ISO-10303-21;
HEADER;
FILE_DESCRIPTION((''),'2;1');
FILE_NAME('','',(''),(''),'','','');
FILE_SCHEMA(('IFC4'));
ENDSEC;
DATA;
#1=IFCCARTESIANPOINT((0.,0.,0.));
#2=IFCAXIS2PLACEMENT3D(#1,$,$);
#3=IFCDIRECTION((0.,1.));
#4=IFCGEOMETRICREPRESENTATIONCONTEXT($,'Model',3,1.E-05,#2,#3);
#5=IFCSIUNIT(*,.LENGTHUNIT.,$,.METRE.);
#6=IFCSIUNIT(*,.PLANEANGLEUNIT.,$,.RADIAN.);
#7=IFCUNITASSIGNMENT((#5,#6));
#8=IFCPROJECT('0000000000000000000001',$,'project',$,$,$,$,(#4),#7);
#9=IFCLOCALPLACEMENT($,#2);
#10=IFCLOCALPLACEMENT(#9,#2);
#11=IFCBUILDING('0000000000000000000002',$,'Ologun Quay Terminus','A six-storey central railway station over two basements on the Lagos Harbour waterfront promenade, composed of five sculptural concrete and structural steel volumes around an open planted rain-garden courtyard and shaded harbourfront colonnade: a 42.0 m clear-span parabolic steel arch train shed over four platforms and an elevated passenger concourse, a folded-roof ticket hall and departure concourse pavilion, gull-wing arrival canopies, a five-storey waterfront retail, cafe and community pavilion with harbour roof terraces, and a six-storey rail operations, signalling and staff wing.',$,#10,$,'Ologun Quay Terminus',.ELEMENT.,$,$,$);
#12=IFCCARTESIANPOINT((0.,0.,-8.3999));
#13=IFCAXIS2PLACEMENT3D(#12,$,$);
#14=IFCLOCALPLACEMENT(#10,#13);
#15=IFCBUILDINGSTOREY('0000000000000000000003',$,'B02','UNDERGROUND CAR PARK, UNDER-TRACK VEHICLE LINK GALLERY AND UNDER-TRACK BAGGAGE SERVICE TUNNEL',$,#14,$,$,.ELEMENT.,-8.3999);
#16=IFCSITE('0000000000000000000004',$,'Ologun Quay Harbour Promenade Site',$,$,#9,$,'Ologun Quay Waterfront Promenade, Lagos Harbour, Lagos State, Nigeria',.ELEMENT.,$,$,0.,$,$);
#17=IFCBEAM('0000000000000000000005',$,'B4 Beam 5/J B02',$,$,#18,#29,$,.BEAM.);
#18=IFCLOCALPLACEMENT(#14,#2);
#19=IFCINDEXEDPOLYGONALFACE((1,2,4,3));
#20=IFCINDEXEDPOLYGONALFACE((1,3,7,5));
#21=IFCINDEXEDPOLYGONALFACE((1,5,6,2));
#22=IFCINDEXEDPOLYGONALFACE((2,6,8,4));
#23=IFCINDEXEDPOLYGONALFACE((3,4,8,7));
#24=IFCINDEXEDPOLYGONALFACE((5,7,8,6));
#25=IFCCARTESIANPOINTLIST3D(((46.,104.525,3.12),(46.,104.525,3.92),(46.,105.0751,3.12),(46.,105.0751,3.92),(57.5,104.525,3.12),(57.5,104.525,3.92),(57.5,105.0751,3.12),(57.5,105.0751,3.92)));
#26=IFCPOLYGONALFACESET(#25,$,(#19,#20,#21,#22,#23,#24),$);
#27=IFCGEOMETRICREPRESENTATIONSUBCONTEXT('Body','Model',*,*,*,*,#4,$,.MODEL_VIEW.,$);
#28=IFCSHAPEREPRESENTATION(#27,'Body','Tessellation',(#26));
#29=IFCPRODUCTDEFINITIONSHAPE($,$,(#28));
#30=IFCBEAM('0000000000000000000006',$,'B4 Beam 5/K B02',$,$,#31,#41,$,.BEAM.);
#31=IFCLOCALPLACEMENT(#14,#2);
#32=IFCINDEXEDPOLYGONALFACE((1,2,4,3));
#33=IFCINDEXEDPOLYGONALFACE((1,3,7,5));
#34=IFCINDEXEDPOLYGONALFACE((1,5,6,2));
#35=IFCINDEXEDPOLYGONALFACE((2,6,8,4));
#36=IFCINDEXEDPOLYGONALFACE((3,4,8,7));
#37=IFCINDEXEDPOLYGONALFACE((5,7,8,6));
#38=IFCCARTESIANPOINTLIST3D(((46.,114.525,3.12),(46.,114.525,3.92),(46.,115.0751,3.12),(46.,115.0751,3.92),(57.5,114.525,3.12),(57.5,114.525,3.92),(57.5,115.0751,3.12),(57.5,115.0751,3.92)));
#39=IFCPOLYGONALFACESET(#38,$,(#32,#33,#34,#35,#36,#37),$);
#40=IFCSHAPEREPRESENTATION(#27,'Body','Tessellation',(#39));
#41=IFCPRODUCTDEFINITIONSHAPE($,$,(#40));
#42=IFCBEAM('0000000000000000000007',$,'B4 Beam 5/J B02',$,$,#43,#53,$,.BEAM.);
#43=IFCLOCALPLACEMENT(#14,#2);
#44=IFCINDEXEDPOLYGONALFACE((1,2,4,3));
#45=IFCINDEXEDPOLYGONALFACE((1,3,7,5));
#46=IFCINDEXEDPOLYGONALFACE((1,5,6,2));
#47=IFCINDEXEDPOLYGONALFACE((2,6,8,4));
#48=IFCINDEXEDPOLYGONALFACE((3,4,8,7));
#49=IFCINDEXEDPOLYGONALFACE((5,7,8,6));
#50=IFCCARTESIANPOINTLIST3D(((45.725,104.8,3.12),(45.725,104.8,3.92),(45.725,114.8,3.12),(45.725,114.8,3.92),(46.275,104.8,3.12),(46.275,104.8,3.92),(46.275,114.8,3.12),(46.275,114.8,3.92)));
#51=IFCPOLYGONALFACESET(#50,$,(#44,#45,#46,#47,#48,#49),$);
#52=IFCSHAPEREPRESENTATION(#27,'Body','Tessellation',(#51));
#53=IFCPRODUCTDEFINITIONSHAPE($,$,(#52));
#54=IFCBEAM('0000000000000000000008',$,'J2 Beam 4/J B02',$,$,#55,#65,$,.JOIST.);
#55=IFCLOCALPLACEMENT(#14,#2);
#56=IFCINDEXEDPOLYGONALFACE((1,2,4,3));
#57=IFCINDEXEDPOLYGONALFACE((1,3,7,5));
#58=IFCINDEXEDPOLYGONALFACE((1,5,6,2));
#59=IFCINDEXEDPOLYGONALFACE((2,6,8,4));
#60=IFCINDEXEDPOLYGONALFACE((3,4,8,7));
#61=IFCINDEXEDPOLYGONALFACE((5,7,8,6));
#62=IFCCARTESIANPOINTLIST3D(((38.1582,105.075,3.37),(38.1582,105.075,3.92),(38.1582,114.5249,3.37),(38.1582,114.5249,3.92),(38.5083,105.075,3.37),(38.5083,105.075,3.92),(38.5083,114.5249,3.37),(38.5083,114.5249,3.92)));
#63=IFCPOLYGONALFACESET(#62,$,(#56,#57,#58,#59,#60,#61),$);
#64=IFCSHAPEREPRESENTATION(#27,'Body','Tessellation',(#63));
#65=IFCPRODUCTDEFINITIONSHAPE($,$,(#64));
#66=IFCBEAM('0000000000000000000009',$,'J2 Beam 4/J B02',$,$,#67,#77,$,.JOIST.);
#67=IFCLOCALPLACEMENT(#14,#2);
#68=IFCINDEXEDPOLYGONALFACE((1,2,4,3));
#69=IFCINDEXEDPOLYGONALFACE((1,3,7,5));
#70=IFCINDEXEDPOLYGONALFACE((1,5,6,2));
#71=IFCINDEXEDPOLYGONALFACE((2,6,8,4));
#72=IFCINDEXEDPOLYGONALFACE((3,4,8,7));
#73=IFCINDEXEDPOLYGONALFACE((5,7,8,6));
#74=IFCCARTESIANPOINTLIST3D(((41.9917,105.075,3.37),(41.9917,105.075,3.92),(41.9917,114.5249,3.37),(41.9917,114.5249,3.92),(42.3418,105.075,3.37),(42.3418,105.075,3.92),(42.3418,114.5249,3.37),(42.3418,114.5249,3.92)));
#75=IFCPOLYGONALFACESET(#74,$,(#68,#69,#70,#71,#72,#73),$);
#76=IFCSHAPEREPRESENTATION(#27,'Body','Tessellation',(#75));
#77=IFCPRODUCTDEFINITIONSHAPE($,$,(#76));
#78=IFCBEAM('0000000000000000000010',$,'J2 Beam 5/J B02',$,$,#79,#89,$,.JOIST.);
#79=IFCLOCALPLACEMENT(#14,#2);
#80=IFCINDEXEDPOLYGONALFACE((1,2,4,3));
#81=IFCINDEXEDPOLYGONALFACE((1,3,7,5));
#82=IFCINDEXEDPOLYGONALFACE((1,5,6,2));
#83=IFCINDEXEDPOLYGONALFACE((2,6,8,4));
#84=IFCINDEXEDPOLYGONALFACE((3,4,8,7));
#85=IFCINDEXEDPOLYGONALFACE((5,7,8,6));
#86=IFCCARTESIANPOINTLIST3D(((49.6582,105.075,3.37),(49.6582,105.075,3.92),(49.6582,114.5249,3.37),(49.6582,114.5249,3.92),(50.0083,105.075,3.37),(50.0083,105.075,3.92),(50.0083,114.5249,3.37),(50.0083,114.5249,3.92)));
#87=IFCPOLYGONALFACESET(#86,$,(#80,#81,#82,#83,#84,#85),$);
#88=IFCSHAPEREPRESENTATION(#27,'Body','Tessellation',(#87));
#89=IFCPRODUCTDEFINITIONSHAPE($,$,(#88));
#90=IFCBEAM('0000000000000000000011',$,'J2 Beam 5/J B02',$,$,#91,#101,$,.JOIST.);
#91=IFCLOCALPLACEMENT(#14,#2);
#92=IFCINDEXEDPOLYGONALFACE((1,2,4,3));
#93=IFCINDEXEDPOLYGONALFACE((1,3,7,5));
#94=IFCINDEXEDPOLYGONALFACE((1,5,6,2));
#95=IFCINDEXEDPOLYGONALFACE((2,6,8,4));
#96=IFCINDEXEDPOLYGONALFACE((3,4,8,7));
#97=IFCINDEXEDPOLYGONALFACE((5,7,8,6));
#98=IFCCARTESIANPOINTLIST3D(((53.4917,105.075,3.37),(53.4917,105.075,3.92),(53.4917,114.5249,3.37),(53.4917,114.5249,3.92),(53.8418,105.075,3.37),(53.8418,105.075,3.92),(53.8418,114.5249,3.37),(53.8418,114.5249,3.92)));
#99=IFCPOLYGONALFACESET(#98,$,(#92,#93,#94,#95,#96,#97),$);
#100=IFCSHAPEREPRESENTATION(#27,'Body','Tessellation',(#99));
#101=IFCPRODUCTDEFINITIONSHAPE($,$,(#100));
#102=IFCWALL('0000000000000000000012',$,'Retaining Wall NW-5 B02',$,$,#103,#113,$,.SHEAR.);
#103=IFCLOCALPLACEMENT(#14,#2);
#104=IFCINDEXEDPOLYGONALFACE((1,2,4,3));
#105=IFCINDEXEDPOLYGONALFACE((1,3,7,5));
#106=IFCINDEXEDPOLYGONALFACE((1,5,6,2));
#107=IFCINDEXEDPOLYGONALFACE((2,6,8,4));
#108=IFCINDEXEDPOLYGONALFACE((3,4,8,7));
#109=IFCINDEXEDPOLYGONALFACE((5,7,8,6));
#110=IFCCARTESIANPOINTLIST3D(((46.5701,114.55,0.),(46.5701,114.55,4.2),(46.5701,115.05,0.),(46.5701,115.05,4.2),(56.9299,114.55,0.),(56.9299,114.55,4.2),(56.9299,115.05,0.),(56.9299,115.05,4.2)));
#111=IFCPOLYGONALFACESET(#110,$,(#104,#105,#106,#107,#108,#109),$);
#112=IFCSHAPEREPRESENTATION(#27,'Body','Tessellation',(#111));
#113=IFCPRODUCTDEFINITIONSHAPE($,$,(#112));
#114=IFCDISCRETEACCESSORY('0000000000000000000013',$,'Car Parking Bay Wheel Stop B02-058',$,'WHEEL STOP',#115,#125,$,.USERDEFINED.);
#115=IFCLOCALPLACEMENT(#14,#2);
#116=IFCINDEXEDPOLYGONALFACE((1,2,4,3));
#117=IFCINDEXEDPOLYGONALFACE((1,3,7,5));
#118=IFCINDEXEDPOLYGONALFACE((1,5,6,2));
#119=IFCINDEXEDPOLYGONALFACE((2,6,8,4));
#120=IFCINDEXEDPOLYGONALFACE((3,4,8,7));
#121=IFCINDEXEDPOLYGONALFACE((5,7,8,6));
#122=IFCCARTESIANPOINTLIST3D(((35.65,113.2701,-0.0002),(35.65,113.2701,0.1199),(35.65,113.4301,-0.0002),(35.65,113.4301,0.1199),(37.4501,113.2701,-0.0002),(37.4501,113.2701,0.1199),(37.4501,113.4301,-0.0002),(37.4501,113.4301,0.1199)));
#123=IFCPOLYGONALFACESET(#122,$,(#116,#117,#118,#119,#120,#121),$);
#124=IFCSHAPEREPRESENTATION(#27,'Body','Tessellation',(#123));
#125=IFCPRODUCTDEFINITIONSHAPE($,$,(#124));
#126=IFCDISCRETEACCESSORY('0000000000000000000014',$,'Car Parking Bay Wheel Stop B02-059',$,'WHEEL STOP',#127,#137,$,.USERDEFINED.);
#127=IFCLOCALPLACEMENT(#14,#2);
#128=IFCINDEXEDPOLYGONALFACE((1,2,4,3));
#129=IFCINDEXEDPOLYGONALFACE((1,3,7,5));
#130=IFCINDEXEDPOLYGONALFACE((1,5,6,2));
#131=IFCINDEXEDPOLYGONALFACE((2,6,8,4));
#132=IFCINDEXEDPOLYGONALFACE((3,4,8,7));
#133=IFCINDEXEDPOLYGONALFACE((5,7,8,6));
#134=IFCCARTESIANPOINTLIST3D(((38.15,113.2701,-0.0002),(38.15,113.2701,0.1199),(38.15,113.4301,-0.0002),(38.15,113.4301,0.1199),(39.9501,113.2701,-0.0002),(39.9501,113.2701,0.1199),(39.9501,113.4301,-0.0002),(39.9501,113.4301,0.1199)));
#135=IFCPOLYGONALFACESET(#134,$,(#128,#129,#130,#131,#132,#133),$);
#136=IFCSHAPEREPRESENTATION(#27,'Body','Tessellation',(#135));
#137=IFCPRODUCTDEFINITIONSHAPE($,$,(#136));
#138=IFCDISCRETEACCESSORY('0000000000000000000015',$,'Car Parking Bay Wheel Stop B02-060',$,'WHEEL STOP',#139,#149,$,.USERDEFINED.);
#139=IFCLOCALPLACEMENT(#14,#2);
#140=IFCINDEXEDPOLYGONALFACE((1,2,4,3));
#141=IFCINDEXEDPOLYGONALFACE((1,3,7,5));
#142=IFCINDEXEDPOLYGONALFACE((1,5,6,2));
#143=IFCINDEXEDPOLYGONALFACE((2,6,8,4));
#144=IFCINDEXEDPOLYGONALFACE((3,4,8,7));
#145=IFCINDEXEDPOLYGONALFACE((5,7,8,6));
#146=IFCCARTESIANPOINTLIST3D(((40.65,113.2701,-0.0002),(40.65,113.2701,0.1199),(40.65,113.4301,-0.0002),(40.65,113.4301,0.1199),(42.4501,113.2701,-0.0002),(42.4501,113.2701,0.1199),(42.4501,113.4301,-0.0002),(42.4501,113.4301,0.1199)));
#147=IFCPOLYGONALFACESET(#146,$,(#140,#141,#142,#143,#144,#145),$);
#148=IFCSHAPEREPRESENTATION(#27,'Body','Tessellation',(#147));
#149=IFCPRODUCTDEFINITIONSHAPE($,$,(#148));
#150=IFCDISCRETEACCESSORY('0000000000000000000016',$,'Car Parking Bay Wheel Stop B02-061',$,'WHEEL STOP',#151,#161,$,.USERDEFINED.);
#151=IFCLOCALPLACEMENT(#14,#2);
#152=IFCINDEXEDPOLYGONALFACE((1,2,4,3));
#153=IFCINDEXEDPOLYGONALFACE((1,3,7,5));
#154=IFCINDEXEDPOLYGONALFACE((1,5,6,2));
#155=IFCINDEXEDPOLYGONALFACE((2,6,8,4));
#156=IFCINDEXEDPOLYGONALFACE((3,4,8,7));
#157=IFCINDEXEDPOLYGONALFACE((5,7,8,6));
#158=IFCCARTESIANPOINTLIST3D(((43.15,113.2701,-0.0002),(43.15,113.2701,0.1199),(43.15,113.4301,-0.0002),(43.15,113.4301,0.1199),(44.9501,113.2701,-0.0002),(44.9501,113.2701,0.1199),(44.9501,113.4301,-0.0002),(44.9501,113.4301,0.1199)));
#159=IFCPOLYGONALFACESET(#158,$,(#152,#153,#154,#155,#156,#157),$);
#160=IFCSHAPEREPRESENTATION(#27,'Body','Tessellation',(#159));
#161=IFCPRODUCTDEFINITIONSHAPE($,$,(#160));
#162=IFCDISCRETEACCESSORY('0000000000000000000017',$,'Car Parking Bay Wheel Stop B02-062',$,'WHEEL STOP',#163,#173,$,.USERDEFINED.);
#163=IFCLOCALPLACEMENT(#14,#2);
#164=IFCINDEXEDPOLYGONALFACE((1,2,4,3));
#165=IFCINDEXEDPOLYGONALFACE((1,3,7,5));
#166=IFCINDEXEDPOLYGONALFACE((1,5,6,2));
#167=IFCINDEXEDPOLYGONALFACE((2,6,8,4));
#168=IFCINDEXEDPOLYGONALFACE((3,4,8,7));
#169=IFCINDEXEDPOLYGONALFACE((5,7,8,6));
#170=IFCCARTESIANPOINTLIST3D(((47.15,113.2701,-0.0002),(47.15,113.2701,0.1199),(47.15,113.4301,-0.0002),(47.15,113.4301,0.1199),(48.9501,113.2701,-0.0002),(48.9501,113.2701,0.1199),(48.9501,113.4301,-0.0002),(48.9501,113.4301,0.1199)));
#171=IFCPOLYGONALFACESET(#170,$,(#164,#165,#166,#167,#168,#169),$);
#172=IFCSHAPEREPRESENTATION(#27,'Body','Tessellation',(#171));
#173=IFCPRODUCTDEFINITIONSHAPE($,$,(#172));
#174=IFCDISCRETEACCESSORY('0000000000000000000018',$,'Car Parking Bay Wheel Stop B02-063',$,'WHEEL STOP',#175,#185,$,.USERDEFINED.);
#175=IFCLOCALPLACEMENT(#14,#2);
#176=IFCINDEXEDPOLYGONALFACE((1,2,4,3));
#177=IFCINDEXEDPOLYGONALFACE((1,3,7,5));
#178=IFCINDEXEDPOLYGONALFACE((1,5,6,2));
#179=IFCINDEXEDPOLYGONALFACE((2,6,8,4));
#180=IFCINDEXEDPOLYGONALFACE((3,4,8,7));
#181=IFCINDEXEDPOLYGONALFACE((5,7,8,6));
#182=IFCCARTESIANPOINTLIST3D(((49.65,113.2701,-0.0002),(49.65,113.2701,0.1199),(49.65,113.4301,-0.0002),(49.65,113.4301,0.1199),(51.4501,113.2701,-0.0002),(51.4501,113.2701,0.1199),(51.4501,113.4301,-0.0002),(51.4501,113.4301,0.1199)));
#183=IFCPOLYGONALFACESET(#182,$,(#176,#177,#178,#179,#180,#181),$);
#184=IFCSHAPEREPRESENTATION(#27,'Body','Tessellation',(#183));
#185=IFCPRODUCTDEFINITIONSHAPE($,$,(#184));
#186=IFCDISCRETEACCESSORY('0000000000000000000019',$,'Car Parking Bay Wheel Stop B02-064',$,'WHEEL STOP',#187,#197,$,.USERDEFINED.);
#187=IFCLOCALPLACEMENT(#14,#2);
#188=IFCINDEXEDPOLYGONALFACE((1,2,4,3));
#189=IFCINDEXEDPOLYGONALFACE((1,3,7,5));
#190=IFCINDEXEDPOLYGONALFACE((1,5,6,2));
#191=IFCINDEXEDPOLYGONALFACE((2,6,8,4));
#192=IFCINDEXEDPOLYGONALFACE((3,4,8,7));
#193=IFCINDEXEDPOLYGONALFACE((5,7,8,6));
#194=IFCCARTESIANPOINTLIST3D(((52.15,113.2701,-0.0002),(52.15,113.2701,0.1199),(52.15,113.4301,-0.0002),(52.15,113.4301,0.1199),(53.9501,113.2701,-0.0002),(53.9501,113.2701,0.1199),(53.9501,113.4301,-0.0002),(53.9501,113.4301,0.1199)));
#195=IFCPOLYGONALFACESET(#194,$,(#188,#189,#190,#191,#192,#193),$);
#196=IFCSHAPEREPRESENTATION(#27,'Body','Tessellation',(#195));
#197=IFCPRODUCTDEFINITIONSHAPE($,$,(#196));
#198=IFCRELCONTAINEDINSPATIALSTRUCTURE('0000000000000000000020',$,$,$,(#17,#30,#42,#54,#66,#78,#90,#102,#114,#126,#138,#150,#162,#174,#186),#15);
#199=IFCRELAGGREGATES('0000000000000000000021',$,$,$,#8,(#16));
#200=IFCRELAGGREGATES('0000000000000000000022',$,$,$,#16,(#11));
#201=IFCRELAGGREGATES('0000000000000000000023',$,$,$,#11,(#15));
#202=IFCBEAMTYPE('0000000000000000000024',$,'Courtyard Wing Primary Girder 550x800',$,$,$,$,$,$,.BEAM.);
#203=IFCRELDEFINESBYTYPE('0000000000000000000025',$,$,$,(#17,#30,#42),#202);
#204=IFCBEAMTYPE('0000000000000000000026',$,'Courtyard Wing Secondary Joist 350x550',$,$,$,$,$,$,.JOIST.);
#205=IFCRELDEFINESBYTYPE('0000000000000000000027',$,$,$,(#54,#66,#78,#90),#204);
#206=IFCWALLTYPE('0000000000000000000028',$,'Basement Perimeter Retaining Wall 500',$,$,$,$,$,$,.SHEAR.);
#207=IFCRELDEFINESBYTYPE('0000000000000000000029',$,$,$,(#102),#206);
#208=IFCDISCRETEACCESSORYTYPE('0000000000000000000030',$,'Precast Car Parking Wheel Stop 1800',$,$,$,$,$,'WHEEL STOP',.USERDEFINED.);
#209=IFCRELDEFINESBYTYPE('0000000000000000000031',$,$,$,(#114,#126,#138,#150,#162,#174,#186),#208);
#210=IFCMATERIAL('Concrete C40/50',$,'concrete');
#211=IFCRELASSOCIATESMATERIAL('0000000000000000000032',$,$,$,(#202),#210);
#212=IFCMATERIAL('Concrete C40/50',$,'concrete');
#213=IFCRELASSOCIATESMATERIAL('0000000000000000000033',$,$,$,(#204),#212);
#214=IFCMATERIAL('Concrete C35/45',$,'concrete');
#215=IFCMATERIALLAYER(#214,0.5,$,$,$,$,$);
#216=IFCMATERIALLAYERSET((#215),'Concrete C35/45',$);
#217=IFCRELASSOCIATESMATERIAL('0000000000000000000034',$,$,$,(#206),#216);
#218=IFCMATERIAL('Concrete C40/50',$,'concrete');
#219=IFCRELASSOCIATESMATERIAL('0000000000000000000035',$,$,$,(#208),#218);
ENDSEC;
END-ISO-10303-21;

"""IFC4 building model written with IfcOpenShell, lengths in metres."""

from ifc_helpers import new_model, si_unit, direction, frame, frame_2d, origin, origin_2d, place, context, subcontext, project, spatial, rectangle, extrude, material, layer, layer_set, material_profile, profile_set, type_object, element, save


model = new_model("IFC4")

# Units and contexts
model_context = context("Model", 3, precision=1e-05, world=origin(), true_north=direction((0.0, 1.0)))
body_context = subcontext(model_context, "Body", "Model", "MODEL_VIEW")
ifc_project = project(units=[si_unit("LENGTHUNIT", "METRE"), si_unit("PLANEANGLEUNIT", "RADIAN")], contexts=[model_context])

# Site, building, storey
site_placement = place(None, origin())
site = spatial("IfcSite", under=ifc_project, at=site_placement, Name="Ologun Quay Harbour Promenade Site", LongName="Ologun Quay Waterfront Promenade, Lagos Harbour, Lagos State, Nigeria", CompositionType="ELEMENT", RefElevation=0.0)
building_placement = place(site_placement, origin())
building = spatial("IfcBuilding", under=site, at=building_placement, Name="Ologun Quay Terminus", Description="A six-storey central railway station over two basements on the Lagos Harbour waterfront promenade, composed of five sculptural concrete and structural steel volumes around an open planted rain-garden courtyard and shaded harbourfront colonnade: a 42.0 m clear-span parabolic steel arch train shed over four platforms and an elevated passenger concourse, a folded-roof ticket hall and departure concourse pavilion, gull-wing arrival canopies, a five-storey waterfront retail, cafe and community pavilion with harbour roof terraces, and a six-storey rail operations, signalling and staff wing.", LongName="Ologun Quay Terminus", CompositionType="ELEMENT")
storey_placement = place(building_placement, frame((0.0, 0.0, -8.3999)))
storey = spatial("IfcBuildingStorey", under=building, at=storey_placement, Name="B02", Description="UNDERGROUND CAR PARK, UNDER-TRACK VEHICLE LINK GALLERY AND UNDER-TRACK BAGGAGE SERVICE TUNNEL", CompositionType="ELEMENT", Elevation=-8.3999)

# Beams
ifc_material_1 = material(Name="Concrete C40/50", Category="concrete")
ifc_material_profile_1 = material_profile(ifc_material_1, rectangle(XDim=0.55, YDim=0.8, at=origin_2d()), Name="RC 550x800")
ifc_profile_set_1 = profile_set([ifc_material_profile_1], Name="Concrete C40/50")
beam_type_1 = type_object("IfcBeamType", Name="Courtyard Wing Primary Girder 550x800", PredefinedType="BEAM", material=ifc_profile_set_1)
for number, where, z_axis, x_axis, name in (
    (1, (46.0, 104.8, 3.52), (1.0, 0.0, 0.0), (0.0, 1.0, 0.0), "B4 Beam 5/J B02"),
    (2, (46.0, 114.8, 3.52), (1.0, 0.0, 0.0), (0.0, 1.0, 0.0), "B4 Beam 5/K B02"),
):
    element("IfcBeam", number, at=place(storey_placement, frame(where, z_axis=z_axis, x_axis=x_axis)), inside=storey, type_object=beam_type_1, Name=name, PredefinedType="BEAM", context=body_context, shape_type="SweptSolid", body=[
        extrude(rectangle(XDim=0.55, YDim=0.8, at=origin_2d()), origin(), (0.0, 0.0, 1.0), 11.5),
    ])
beam_placement = place(storey_placement, frame((46.0, 104.8, 3.52), z_axis=(0.0, 1.0, 0.0), x_axis=(-1.0, 0.0, 0.0)))
element("IfcBeam", 3, at=beam_placement, inside=storey, type_object=beam_type_1, Name="B4 Beam 5/J B02", PredefinedType="BEAM", context=body_context, shape_type="SweptSolid", body=[
    extrude(rectangle(XDim=0.55, YDim=0.8, at=origin_2d()), origin(), (0.0, 0.0, 1.0), 10.0),
])
ifc_material_2 = material(Name="Concrete C40/50", Category="concrete")
ifc_material_profile_2 = material_profile(ifc_material_2, rectangle(XDim=0.3501, YDim=0.55, at=origin_2d()), Name="RC 350x550")
ifc_profile_set_2 = profile_set([ifc_material_profile_2], Name="Concrete C40/50")
beam_type_2 = type_object("IfcBeamType", Name="Courtyard Wing Secondary Joist 350x550", PredefinedType="JOIST", material=ifc_profile_set_2)
for number, where, z_axis, x_axis, name in (
    (4, (38.3333, 105.075, 3.645), (0.0, 1.0, 0.0), (-1.0, 0.0, 0.0), "J2 Beam 4/J B02"),
    (5, (42.1667, 105.075, 3.645), (0.0, 1.0, 0.0), (-1.0, 0.0, 0.0), "J2 Beam 4/J B02"),
    (6, (49.8333, 105.075, 3.645), (0.0, 1.0, 0.0), (-1.0, 0.0, 0.0), "J2 Beam 5/J B02"),
    (7, (53.6667, 105.075, 3.645), (0.0, 1.0, 0.0), (-1.0, 0.0, 0.0), "J2 Beam 5/J B02"),
):
    element("IfcBeam", number, at=place(storey_placement, frame(where, z_axis=z_axis, x_axis=x_axis)), inside=storey, type_object=beam_type_2, Name=name, PredefinedType="JOIST", context=body_context, shape_type="SweptSolid", body=[
        extrude(rectangle(XDim=0.3501, YDim=0.55, at=origin_2d()), origin(), (0.0, 0.0, 1.0), 9.45),
    ])

# Wall
ifc_material_3 = material(Name="Concrete C35/45", Category="concrete")
ifc_layer = layer(ifc_material_3, 0.5)
ifc_layer_set = layer_set([ifc_layer], Name="Concrete C35/45")
wall_type = type_object("IfcWallType", Name="Basement Perimeter Retaining Wall 500", PredefinedType="SHEAR", material=ifc_layer_set)
wall_placement = place(storey_placement, frame((46.5701, 114.8, 0.0), z_axis=(0.0, 0.0, 1.0), x_axis=(1.0, 0.0, 0.0)))
element("IfcWall", 8, at=wall_placement, inside=storey, type_object=wall_type, Name="Retaining Wall NW-5 B02", PredefinedType="SHEAR", context=body_context, shape_type="SweptSolid", body=[
    extrude(rectangle(XDim=10.3599, YDim=0.5, at=frame_2d((5.1799, 0.0))), origin(), (0.0, 0.0, 1.0), 4.2),
])

# Discrete accessories
ifc_material_4 = material(Name="Concrete C40/50", Category="concrete")
discrete_accessory_type = type_object("IfcDiscreteAccessoryType", Name="Precast Car Parking Wheel Stop 1800", ElementType="WHEEL STOP", PredefinedType="USERDEFINED", material=ifc_material_4)
for number, where, z_axis, x_axis, name in (
    (9, (36.55, 113.3501, -0.0002), (0.0, 0.0, 1.0), (1.0, 0.0, 0.0), "Car Parking Bay Wheel Stop B02-058"),
    (10, (39.05, 113.3501, -0.0002), (0.0, 0.0, 1.0), (1.0, 0.0, 0.0), "Car Parking Bay Wheel Stop B02-059"),
    (11, (41.55, 113.3501, -0.0002), (0.0, 0.0, 1.0), (1.0, 0.0, 0.0), "Car Parking Bay Wheel Stop B02-060"),
    (12, (44.05, 113.3501, -0.0002), (0.0, 0.0, 1.0), (1.0, 0.0, 0.0), "Car Parking Bay Wheel Stop B02-061"),
    (13, (48.05, 113.3501, -0.0002), (0.0, 0.0, 1.0), (1.0, 0.0, 0.0), "Car Parking Bay Wheel Stop B02-062"),
    (14, (50.55, 113.3501, -0.0002), (0.0, 0.0, 1.0), (1.0, 0.0, 0.0), "Car Parking Bay Wheel Stop B02-063"),
    (15, (53.05, 113.3501, -0.0002), (0.0, 0.0, 1.0), (1.0, 0.0, 0.0), "Car Parking Bay Wheel Stop B02-064"),
):
    element("IfcDiscreteAccessory", number, at=place(storey_placement, frame(where, z_axis=z_axis, x_axis=x_axis)), inside=storey, type_object=discrete_accessory_type, Name=name, ObjectType="WHEEL STOP", PredefinedType="USERDEFINED", context=body_context, shape_type="SweptSolid", body=[
        extrude(rectangle(XDim=1.8, YDim=0.1599, at=origin_2d()), origin(), (0.0, 0.0, 1.0), 0.1201),
    ])

save(model, "model.ifc")
